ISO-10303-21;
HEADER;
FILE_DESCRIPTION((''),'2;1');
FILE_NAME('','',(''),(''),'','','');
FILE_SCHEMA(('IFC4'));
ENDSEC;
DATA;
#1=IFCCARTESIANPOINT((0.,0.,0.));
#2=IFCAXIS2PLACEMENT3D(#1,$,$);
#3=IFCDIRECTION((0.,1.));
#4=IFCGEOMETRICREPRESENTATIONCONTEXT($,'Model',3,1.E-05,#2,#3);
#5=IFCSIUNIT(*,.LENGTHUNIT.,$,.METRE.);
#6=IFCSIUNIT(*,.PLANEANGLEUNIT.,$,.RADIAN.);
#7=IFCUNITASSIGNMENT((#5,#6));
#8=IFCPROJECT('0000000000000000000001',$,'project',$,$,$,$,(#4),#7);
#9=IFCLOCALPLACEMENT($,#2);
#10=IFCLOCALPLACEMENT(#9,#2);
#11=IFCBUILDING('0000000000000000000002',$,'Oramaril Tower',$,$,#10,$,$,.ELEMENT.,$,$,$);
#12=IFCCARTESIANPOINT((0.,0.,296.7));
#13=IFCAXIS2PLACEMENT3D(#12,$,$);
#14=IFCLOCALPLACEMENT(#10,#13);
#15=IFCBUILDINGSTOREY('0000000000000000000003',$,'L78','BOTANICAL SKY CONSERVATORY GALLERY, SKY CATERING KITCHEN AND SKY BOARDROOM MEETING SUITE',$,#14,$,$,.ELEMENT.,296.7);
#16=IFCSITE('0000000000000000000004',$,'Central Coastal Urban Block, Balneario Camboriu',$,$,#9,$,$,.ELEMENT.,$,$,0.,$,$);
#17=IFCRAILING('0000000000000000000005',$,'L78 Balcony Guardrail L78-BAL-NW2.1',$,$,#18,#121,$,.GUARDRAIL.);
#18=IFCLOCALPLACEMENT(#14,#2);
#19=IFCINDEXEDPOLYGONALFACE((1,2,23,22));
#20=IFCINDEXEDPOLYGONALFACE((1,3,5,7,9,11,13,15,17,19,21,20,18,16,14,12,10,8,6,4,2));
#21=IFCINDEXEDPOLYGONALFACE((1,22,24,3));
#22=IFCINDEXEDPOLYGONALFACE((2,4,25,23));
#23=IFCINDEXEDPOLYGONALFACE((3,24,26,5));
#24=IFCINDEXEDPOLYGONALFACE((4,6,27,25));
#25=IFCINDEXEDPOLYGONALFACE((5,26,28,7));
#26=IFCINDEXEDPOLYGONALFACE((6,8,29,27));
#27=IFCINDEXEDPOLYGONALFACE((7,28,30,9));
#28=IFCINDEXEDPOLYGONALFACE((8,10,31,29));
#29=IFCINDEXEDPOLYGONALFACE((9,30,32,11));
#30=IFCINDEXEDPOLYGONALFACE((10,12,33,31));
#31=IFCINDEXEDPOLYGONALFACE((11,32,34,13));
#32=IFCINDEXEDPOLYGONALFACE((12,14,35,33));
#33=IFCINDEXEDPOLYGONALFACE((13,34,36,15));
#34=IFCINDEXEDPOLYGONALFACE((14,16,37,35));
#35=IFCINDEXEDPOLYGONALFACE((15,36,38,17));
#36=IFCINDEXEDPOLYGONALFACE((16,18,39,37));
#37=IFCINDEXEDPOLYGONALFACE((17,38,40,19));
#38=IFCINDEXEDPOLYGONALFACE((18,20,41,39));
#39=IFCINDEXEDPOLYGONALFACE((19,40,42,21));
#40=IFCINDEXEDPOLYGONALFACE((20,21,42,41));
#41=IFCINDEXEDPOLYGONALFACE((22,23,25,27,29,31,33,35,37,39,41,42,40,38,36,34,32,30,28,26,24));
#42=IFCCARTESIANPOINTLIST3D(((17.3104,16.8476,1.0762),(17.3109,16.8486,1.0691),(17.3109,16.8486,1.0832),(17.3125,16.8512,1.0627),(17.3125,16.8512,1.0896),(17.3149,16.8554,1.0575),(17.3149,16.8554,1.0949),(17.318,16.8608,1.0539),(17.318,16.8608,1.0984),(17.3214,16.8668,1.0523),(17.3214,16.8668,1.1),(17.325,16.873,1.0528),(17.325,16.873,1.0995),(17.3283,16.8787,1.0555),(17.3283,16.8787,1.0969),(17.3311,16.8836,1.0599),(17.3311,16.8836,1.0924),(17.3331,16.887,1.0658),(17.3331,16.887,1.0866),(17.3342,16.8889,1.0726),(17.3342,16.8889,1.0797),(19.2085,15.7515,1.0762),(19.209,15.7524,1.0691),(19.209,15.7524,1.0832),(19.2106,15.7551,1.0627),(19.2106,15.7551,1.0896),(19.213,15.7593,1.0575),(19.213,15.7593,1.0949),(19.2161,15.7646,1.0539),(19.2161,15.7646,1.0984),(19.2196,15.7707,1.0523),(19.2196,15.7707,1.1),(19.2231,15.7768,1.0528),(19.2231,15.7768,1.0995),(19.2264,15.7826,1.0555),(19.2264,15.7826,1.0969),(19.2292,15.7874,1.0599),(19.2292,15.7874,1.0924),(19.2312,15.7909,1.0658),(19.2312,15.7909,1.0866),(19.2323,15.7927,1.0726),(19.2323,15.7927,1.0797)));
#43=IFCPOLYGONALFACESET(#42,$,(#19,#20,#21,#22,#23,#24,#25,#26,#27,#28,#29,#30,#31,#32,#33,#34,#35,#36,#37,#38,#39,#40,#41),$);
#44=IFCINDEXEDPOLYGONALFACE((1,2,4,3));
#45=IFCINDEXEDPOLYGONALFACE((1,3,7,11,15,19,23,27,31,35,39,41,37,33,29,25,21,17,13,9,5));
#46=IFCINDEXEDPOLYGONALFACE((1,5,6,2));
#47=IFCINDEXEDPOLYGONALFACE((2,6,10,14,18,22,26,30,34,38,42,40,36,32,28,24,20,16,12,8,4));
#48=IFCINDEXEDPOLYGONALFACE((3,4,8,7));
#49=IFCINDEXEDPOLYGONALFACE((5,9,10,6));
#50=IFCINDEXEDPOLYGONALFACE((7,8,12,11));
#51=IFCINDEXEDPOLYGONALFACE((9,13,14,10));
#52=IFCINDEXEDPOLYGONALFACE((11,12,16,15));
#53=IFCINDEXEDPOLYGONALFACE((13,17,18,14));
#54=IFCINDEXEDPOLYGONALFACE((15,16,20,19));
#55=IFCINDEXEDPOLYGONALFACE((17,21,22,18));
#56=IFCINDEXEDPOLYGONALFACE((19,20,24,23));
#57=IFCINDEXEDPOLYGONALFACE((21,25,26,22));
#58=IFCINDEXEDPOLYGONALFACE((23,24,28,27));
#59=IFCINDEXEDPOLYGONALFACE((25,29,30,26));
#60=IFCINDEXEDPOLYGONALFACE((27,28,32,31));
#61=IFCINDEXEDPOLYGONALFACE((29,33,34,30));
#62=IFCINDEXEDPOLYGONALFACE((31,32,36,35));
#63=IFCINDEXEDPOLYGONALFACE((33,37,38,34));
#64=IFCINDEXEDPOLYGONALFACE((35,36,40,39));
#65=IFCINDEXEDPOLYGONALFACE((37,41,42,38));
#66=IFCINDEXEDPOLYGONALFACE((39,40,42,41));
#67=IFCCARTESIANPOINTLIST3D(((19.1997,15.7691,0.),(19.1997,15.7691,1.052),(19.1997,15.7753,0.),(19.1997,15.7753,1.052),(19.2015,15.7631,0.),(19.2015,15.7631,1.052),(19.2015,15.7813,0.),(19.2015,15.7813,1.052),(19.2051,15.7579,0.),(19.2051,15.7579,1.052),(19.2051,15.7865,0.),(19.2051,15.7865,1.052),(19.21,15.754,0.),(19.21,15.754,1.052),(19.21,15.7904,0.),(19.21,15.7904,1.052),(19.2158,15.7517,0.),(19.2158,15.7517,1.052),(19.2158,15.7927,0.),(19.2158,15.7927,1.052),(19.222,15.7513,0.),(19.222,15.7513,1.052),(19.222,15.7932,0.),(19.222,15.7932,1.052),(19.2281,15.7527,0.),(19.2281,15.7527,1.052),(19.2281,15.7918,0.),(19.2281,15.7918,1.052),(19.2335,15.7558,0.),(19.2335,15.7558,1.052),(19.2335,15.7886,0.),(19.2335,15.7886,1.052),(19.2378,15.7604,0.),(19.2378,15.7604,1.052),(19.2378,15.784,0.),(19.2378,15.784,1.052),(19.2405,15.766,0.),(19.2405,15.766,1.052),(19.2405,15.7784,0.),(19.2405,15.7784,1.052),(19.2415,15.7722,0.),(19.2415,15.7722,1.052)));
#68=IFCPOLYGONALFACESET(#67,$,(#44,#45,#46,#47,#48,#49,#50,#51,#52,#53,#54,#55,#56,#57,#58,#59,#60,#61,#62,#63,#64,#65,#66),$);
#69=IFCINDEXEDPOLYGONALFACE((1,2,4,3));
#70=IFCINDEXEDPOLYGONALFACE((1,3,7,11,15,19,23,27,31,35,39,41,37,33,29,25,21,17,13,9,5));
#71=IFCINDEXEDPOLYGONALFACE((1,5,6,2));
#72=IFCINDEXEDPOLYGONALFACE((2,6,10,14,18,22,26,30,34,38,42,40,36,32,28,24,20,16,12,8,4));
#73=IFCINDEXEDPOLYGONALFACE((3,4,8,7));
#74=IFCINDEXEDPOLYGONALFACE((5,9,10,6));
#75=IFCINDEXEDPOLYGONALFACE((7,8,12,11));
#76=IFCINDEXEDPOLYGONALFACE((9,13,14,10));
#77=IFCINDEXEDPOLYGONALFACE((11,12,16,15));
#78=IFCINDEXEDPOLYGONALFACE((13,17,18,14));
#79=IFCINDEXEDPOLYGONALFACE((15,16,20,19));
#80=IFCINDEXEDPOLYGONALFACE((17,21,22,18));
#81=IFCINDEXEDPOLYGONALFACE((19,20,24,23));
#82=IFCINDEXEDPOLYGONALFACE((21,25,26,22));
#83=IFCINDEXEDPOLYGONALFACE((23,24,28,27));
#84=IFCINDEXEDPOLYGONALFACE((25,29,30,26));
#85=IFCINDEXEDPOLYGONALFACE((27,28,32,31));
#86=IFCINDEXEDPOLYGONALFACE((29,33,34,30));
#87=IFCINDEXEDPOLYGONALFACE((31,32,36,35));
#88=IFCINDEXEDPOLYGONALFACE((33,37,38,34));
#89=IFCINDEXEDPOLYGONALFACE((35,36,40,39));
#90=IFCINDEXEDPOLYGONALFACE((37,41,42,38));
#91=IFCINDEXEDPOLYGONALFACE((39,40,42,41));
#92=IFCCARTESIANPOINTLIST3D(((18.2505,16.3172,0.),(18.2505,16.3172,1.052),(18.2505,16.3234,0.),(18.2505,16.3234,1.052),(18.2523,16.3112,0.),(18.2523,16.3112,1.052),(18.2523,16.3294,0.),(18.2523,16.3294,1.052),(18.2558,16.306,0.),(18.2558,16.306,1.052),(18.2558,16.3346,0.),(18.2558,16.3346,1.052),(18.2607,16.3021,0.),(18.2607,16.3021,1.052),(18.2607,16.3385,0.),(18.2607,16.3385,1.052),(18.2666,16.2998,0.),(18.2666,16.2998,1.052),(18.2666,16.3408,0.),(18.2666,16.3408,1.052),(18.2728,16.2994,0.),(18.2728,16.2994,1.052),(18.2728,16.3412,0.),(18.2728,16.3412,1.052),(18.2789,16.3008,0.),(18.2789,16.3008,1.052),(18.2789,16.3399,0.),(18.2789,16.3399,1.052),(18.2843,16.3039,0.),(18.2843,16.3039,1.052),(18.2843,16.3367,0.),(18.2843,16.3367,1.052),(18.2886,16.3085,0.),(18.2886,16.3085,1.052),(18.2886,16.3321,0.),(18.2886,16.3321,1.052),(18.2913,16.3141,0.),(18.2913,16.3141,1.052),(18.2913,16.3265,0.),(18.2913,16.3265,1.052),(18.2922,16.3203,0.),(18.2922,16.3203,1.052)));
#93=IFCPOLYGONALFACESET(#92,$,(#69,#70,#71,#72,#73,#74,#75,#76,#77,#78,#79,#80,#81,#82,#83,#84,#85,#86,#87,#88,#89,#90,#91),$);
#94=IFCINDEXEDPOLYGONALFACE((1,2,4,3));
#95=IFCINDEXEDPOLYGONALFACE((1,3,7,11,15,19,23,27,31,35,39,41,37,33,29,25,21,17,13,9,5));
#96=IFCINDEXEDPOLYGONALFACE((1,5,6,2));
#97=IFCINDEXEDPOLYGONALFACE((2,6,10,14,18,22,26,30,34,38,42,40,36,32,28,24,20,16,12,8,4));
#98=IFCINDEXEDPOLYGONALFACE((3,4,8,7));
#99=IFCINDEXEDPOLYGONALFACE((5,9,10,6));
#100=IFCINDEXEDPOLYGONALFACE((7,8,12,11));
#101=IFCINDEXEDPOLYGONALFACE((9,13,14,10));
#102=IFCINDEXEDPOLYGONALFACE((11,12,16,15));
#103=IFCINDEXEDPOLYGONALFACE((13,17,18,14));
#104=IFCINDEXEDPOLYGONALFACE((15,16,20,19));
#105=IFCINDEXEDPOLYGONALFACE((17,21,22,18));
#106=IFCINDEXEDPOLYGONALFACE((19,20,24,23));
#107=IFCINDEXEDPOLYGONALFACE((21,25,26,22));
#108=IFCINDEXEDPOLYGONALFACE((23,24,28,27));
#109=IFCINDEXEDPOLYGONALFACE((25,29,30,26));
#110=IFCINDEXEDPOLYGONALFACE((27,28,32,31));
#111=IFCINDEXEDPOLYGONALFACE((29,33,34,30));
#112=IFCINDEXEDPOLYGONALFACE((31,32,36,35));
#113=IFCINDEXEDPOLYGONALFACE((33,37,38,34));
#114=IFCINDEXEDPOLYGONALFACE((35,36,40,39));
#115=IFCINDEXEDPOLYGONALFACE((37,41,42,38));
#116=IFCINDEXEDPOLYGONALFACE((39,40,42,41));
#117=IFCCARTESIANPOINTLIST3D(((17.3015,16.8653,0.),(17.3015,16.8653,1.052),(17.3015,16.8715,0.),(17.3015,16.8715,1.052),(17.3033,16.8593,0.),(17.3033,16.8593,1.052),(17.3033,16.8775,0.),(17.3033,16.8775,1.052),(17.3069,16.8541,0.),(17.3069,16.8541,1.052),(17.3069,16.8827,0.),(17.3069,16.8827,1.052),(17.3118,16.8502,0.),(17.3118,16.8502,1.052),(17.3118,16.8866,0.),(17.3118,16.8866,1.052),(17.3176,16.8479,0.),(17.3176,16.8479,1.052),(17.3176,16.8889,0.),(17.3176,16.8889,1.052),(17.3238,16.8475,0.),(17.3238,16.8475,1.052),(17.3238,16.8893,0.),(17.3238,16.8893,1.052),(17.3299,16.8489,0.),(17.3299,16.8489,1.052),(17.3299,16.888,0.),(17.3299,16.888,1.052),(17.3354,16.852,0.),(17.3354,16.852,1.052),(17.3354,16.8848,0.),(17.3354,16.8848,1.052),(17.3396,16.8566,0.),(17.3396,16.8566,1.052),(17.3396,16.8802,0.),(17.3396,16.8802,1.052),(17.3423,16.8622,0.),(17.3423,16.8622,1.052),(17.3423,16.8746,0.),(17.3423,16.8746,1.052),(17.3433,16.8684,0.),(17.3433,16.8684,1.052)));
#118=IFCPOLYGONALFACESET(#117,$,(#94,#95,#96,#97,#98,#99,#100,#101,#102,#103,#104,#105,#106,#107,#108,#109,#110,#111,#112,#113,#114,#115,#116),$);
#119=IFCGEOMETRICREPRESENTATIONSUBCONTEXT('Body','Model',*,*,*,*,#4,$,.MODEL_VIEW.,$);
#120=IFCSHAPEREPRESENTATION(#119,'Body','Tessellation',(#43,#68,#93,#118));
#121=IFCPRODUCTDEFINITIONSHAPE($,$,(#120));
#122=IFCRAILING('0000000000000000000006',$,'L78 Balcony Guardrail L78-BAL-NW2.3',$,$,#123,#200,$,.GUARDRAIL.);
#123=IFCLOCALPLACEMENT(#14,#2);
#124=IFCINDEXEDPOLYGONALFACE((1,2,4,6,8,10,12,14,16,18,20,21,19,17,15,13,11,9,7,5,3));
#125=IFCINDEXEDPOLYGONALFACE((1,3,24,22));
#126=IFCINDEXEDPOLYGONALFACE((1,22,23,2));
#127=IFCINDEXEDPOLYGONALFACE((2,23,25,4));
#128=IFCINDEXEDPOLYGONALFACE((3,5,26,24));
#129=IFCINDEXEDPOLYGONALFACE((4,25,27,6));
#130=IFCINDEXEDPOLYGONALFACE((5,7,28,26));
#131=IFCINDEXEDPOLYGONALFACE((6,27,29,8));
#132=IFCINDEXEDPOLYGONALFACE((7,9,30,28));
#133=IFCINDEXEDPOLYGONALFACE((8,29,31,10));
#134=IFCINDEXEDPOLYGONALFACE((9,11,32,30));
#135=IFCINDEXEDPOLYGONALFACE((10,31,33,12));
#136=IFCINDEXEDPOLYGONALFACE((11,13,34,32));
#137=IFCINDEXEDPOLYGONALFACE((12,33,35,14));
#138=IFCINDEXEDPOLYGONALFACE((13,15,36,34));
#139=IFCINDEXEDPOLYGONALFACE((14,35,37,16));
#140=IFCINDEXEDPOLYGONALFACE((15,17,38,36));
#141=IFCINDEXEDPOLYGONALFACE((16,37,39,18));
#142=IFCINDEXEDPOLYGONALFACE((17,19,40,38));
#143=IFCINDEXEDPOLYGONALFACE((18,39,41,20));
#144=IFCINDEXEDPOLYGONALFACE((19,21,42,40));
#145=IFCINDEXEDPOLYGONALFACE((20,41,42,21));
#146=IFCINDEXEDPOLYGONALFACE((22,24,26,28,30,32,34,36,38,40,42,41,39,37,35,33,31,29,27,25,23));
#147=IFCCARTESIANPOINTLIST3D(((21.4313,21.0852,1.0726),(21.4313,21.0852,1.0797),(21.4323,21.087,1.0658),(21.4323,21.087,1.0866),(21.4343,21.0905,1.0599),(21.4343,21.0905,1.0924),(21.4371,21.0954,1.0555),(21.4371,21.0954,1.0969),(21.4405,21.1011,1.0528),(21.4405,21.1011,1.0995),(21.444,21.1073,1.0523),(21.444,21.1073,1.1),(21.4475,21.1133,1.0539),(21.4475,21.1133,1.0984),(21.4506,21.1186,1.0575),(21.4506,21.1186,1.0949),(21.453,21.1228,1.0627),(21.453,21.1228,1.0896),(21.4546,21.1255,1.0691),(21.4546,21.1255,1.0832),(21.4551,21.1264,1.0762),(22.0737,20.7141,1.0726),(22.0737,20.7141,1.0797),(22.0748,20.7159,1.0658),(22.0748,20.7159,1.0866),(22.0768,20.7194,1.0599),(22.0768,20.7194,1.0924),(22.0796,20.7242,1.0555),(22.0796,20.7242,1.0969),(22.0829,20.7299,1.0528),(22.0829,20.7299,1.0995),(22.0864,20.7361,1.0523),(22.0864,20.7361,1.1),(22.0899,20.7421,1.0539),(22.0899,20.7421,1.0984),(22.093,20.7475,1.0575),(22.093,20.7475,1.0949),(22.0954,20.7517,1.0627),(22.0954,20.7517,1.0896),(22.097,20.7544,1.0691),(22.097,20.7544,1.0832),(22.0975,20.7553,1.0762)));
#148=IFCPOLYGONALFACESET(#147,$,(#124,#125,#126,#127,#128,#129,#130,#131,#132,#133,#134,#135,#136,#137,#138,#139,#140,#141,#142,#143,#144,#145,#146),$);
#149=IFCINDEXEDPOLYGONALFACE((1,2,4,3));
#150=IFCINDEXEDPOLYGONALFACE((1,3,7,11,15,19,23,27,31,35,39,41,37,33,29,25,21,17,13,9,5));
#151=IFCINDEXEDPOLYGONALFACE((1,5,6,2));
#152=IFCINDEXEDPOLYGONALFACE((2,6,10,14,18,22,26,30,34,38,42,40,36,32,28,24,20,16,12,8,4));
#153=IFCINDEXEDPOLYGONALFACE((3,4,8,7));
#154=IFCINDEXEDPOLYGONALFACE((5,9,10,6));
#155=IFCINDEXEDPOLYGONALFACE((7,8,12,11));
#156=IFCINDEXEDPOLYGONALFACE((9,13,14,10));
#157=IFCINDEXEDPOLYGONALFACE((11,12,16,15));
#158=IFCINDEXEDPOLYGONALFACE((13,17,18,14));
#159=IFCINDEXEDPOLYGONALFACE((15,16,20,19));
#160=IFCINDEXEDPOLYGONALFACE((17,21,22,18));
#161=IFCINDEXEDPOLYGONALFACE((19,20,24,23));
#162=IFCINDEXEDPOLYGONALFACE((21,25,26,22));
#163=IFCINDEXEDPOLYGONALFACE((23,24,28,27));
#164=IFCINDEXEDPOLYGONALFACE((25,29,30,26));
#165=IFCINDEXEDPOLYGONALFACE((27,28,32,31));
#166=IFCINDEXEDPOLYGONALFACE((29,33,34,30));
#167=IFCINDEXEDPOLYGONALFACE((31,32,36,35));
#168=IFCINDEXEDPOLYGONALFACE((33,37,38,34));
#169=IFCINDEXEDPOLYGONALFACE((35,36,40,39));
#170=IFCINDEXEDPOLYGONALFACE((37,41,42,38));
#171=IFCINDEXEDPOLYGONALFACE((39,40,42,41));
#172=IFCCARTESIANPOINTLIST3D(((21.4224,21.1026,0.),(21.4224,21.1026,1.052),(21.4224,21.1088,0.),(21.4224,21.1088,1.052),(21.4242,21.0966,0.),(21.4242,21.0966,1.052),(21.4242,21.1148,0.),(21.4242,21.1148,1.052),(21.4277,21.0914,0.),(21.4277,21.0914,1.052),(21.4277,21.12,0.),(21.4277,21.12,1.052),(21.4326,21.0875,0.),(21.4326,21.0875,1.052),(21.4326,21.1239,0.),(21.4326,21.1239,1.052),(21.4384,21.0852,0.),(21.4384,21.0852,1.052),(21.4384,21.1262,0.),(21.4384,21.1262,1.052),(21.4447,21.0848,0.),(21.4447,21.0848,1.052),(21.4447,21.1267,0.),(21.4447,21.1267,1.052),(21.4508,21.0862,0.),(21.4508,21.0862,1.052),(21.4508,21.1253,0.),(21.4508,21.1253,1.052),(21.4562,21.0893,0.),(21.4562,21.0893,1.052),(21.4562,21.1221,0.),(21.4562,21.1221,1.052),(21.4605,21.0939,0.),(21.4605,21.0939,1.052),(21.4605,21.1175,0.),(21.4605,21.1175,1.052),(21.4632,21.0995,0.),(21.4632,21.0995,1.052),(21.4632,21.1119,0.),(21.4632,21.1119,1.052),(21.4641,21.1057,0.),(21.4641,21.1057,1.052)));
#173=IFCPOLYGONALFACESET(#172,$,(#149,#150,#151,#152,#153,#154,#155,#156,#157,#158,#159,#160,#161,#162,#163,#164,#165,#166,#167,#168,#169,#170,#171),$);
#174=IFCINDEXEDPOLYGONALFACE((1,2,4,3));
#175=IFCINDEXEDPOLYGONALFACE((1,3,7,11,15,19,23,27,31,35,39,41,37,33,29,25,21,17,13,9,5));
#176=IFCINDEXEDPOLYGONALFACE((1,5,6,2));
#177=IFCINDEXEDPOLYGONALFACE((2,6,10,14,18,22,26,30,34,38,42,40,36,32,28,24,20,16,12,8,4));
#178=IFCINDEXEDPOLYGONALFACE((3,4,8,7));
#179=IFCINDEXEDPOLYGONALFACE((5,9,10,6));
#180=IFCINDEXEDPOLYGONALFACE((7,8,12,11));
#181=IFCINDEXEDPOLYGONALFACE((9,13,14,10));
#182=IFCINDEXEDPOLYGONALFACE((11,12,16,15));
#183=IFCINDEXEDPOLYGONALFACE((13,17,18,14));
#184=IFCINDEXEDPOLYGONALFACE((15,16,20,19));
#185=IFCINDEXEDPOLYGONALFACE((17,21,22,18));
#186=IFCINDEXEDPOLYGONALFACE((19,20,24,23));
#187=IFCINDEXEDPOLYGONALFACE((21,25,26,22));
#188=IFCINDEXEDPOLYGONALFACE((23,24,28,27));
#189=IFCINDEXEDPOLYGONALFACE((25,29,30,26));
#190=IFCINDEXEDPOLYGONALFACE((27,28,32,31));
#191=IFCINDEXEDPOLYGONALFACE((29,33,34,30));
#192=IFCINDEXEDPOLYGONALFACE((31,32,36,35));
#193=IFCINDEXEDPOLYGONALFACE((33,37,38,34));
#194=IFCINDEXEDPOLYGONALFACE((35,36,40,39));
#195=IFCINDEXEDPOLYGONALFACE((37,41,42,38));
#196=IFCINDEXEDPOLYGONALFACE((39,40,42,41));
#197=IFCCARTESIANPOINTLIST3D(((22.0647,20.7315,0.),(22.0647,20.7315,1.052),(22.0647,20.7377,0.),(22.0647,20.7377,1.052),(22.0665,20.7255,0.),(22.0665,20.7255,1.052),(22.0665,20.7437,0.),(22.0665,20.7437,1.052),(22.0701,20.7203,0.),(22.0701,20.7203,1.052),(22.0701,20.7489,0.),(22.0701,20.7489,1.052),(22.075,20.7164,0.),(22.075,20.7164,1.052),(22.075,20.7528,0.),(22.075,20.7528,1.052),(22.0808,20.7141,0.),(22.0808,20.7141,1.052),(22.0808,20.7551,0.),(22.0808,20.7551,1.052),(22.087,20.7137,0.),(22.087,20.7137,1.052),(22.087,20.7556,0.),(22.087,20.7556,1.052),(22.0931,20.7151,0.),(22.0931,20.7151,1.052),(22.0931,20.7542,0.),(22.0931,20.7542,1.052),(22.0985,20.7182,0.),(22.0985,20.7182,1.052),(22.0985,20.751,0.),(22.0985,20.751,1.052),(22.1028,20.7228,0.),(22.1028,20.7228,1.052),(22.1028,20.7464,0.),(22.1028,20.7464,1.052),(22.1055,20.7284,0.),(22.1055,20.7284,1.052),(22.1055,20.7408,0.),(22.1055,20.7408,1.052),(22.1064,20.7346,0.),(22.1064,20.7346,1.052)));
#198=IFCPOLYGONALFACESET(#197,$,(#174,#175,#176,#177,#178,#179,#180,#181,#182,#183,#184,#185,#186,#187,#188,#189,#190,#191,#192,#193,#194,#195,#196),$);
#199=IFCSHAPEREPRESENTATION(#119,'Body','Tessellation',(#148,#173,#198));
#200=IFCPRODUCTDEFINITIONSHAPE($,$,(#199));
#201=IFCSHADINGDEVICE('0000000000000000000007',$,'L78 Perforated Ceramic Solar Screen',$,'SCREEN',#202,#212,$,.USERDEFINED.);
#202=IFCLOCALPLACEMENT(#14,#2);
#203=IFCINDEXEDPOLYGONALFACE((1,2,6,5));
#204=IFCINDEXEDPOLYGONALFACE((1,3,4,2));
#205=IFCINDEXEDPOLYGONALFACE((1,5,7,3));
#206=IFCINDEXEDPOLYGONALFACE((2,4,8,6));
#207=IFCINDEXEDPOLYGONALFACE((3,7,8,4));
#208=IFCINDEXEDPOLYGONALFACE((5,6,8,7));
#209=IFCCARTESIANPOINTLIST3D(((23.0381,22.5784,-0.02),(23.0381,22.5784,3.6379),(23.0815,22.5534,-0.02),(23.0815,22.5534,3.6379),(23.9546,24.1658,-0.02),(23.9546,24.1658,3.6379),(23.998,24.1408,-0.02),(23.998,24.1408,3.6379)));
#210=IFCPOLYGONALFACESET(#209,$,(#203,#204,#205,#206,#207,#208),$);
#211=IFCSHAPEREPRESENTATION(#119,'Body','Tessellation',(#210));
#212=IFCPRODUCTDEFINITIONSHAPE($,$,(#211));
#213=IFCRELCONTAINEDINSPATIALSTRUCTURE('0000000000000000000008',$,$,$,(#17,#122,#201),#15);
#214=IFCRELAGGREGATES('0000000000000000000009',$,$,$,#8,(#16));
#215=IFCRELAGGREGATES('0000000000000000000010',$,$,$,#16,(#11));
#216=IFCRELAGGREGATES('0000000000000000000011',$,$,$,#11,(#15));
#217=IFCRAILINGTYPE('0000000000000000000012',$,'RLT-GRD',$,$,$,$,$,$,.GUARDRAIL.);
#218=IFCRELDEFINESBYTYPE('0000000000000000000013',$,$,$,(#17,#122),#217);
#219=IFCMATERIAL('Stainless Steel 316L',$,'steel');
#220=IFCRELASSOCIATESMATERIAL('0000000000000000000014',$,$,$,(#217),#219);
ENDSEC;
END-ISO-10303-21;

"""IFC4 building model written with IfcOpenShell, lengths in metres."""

from ifc_helpers import new_model, si_unit, direction, frame, origin, origin_2d, place, context, subcontext, project, spatial, rectangle, circle, extrude, material, type_object, element, save


model = new_model("IFC4")

# Units and contexts
model_context = context("Model", 3, precision=1e-05, world=origin(), true_north=direction((0.0, 1.0)))
body_context = subcontext(model_context, "Body", "Model", "MODEL_VIEW")
ifc_project = project(units=[si_unit("LENGTHUNIT", "METRE"), si_unit("PLANEANGLEUNIT", "RADIAN")], contexts=[model_context])

# Site, building, storey
site_placement = place(None, origin())
site = spatial("IfcSite", under=ifc_project, at=site_placement, Name="Central Coastal Urban Block, Balneario Camboriu", CompositionType="ELEMENT", RefElevation=0.0)
building_placement = place(site_placement, origin())
building = spatial("IfcBuilding", under=site, at=building_placement, Name="Oramaril Tower", CompositionType="ELEMENT")
storey_placement = place(building_placement, frame((0.0, 0.0, 296.7)))
storey = spatial("IfcBuildingStorey", under=building, at=storey_placement, Name="L78", Description="BOTANICAL SKY CONSERVATORY GALLERY, SKY CATERING KITCHEN AND SKY BOARDROOM MEETING SUITE", CompositionType="ELEMENT", Elevation=296.7)

# Railings
ifc_material_1 = material(Name="Stainless Steel 316L", Category="steel")
railing_type = type_object("IfcRailingType", Name="RLT-GRD", PredefinedType="GUARDRAIL", material=ifc_material_1)
railing_1_placement = place(storey_placement, frame((19.2205, 15.7722, 0.0)))
element("IfcRailing", 1, at=railing_1_placement, inside=storey, type_object=railing_type, Name="L78 Balcony Guardrail L78-BAL-NW2.1", PredefinedType="GUARDRAIL", context=body_context, shape_type="SweptSolid", body=[
    extrude(circle(Radius=0.0239, at=origin_2d()), frame((0.0, 0.0, 1.0762), z_axis=(-0.865972, 0.500092, 0.0), x_axis=(-0.500092, -0.865972, 0.0)), (0.0, 0.0, 1.0), 2.1919),
    extrude(circle(Radius=0.021, at=origin_2d()), origin(), (0.0, 0.0, 1.0), 1.052),
    extrude(circle(Radius=0.021, at=origin_2d()), frame((-0.9492, 0.5481, 0.0)), (0.0, 0.0, 1.0), 1.052),
    extrude(circle(Radius=0.021, at=origin_2d()), frame((-1.8982, 1.0962, 0.0)), (0.0, 0.0, 1.0), 1.052),
])
railing_2_placement = place(storey_placement, frame((21.4431, 21.1057, 0.0)))
element("IfcRailing", 2, at=railing_2_placement, inside=storey, type_object=railing_type, Name="L78 Balcony Guardrail L78-BAL-NW2.3", PredefinedType="GUARDRAIL", context=body_context, shape_type="SweptSolid", body=[
    extrude(circle(Radius=0.0239, at=origin_2d()), frame((0.0, 0.0, 1.0762), z_axis=(0.865884, -0.500245, 0.0), x_axis=(0.500245, 0.865884, 0.0)), (0.0, 0.0, 1.0), 0.7419),
    extrude(circle(Radius=0.021, at=origin_2d()), origin(), (0.0, 0.0, 1.0), 1.052),
    extrude(circle(Radius=0.021, at=origin_2d()), frame((0.6423, -0.3711, 0.0)), (0.0, 0.0, 1.0), 1.052),
])

# Shading device
shading_device_placement = place(storey_placement, frame((23.5181, 23.3596, -0.02), z_axis=(0.0, 0.0, 1.0), x_axis=(-0.500002, -0.866025, 0.0)))
element("IfcShadingDevice", 3, at=shading_device_placement, inside=storey, Name="L78 Perforated Ceramic Solar Screen", ObjectType="SCREEN", PredefinedType="USERDEFINED", context=body_context, shape_type="SweptSolid", body=[
    extrude(rectangle(XDim=1.833, YDim=0.05, at=origin_2d()), origin(), (0.0, 0.0, 1.0), 3.658),
])

save(model, "model.ifc")
